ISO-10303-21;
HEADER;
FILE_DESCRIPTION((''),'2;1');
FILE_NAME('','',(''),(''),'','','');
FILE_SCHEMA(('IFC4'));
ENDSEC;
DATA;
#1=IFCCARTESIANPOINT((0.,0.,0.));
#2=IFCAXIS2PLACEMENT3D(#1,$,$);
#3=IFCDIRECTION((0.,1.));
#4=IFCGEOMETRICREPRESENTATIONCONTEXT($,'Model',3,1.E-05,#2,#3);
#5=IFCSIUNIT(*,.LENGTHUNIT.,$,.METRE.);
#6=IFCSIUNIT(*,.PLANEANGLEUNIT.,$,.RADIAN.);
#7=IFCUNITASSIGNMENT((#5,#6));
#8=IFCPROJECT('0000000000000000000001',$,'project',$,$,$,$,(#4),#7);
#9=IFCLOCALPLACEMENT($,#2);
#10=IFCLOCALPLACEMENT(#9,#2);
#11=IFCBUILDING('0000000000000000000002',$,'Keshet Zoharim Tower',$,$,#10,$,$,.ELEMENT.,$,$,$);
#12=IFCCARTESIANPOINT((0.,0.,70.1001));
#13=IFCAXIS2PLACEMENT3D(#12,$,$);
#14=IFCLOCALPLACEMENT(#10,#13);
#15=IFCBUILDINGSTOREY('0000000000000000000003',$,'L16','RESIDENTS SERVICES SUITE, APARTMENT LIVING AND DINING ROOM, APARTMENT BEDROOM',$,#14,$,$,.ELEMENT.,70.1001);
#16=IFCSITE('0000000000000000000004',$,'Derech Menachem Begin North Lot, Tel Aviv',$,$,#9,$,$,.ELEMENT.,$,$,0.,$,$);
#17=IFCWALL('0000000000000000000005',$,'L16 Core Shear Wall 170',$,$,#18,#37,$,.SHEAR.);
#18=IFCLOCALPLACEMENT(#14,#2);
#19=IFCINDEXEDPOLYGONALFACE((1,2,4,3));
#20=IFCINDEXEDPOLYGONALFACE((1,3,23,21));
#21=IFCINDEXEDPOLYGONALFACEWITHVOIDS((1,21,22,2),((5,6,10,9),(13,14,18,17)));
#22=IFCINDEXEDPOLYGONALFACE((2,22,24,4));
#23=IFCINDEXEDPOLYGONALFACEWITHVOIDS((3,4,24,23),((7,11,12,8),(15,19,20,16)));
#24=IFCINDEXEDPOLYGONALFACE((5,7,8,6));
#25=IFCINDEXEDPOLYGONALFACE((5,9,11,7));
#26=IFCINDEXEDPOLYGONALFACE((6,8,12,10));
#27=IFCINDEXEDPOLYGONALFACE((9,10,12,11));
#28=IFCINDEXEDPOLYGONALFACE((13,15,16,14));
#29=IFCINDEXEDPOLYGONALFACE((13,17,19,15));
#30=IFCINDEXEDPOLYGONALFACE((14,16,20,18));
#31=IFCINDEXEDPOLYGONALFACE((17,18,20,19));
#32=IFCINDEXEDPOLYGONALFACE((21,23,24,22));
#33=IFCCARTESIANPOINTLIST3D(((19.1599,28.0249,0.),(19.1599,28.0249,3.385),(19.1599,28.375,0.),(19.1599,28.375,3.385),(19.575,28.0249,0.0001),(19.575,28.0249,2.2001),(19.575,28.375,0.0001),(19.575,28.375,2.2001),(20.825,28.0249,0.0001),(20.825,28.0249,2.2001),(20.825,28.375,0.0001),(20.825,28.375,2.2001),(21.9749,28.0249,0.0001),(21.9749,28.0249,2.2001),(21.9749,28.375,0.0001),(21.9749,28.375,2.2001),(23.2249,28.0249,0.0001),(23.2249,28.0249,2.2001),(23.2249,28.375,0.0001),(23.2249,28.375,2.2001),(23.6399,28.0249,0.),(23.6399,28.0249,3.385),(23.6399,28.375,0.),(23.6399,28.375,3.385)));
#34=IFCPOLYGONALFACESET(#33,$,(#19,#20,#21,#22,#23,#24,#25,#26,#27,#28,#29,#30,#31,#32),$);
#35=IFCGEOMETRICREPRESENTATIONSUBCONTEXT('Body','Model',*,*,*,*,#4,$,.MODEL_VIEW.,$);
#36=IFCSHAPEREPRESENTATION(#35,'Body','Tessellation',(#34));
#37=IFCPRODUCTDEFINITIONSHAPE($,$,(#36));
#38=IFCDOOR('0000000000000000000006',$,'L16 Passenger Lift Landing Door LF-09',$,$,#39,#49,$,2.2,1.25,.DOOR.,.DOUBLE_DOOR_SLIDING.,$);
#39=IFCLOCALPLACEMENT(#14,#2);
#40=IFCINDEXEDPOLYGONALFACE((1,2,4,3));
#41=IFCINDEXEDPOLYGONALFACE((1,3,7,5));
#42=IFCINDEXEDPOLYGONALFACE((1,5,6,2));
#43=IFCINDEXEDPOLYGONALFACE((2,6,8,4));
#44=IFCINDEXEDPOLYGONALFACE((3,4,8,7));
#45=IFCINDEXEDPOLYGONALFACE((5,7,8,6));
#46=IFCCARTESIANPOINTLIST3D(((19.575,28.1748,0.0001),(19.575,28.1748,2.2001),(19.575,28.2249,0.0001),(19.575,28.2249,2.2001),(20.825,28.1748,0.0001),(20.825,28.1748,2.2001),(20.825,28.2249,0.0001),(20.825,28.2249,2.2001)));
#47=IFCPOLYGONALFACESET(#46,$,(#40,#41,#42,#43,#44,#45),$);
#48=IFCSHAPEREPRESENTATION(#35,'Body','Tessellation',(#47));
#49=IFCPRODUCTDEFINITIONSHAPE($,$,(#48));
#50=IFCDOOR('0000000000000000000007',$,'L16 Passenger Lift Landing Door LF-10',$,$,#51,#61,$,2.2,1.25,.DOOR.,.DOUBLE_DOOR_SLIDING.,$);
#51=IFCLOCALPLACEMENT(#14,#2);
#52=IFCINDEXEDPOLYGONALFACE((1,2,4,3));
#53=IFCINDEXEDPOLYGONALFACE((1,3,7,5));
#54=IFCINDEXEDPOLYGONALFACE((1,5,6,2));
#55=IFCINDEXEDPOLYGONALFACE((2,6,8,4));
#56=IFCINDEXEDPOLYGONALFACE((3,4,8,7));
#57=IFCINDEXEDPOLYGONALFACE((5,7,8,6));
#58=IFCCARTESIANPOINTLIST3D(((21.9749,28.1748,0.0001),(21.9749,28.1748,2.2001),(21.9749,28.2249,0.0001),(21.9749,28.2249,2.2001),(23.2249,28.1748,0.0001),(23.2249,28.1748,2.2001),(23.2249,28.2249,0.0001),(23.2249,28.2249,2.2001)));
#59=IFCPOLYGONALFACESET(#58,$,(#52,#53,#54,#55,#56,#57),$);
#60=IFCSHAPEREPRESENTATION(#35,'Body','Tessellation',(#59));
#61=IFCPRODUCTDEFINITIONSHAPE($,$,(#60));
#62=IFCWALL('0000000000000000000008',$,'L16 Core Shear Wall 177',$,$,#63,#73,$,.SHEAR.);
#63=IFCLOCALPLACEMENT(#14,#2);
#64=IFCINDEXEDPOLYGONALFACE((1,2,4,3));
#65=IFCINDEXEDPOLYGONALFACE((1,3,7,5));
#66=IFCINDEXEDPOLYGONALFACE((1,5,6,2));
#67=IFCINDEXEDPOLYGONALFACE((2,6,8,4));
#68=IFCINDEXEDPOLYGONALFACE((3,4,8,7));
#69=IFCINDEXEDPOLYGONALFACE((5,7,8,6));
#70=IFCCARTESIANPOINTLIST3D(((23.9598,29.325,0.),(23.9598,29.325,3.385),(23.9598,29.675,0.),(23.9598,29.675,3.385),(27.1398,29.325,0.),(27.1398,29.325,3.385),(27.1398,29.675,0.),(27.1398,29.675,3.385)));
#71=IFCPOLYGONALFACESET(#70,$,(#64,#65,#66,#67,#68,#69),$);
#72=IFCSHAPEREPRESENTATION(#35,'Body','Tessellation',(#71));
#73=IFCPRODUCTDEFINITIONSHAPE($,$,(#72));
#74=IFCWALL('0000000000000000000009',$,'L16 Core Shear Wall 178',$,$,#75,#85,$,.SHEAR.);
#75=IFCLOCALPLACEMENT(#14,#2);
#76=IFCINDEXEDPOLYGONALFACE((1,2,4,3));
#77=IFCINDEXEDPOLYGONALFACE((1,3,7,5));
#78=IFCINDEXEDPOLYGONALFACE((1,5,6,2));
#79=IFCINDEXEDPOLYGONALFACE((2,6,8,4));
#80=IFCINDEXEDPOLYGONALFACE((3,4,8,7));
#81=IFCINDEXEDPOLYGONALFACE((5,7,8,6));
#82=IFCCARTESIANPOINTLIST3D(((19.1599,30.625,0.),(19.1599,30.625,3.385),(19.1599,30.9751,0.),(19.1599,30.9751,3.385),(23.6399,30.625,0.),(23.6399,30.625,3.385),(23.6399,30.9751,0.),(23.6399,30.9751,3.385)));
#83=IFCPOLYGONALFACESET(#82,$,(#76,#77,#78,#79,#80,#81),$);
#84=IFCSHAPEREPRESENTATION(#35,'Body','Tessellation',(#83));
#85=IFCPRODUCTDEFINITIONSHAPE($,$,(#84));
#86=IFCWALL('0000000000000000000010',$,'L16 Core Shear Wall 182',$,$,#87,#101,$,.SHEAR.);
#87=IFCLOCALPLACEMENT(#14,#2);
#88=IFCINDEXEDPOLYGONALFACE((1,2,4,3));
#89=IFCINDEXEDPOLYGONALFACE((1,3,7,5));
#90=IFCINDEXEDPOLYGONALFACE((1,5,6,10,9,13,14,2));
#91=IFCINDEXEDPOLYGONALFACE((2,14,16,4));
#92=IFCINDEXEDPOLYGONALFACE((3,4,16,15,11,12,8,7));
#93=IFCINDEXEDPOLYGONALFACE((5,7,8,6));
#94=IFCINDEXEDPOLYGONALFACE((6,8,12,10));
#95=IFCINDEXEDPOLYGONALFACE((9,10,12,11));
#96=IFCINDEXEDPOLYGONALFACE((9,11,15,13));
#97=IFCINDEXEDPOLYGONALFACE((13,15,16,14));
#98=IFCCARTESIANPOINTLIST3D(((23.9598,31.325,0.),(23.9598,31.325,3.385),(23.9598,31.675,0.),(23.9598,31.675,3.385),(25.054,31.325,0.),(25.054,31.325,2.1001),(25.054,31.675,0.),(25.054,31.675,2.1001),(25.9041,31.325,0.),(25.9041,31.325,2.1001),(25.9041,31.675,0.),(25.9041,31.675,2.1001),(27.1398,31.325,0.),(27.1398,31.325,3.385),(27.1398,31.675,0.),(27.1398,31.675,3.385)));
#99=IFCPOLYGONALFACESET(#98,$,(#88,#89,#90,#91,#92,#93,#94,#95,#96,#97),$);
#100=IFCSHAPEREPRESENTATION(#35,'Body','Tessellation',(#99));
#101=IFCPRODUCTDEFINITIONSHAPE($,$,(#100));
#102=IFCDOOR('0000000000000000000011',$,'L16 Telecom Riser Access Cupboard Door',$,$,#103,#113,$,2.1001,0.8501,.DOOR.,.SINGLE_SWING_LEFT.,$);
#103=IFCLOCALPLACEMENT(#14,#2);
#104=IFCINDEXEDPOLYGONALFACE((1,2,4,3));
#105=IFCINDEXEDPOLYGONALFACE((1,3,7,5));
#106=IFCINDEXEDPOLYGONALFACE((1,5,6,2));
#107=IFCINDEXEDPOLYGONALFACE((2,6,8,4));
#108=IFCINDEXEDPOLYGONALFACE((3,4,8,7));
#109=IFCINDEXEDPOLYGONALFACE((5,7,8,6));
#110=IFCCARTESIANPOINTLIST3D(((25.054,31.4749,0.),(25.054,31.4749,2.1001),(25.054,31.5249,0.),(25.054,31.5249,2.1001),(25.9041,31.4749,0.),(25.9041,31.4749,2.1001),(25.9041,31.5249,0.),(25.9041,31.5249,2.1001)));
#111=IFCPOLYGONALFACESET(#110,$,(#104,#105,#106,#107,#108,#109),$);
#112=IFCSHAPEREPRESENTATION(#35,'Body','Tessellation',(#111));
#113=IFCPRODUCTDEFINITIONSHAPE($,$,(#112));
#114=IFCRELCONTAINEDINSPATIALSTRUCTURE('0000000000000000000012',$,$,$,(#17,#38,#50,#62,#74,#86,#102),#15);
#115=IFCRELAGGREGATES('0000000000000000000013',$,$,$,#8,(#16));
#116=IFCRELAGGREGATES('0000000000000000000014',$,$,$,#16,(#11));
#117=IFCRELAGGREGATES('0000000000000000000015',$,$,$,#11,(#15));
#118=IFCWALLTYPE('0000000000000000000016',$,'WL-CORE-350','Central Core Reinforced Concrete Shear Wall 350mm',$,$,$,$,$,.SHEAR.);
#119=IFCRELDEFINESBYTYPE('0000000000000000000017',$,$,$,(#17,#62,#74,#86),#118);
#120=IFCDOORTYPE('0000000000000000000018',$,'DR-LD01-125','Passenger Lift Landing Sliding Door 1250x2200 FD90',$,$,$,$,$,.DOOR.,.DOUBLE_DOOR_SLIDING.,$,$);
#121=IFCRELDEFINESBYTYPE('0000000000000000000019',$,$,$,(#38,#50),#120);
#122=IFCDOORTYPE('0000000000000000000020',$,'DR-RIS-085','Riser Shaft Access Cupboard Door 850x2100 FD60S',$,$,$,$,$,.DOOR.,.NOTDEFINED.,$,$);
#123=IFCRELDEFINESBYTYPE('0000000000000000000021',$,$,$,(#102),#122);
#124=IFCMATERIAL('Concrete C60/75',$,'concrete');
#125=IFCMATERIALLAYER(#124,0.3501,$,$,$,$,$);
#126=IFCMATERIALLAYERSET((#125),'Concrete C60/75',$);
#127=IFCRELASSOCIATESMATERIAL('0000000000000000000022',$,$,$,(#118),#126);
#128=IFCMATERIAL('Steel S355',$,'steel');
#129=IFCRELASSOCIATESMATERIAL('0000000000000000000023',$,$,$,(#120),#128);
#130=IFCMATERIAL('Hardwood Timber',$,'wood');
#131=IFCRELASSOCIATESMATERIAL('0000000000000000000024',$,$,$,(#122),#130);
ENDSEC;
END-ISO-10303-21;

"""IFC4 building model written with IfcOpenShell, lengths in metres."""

from ifc_helpers import new_model, si_unit, direction, frame, frame_2d, origin, place, context, subcontext, project, spatial, rectangle, extrude, material, layer, layer_set, type_object, element, fill, save


model = new_model("IFC4")

# Units and contexts
model_context = context("Model", 3, precision=1e-05, world=origin(), true_north=direction((0.0, 1.0)))
body_context = subcontext(model_context, "Body", "Model", "MODEL_VIEW")
ifc_project = project(units=[si_unit("LENGTHUNIT", "METRE"), si_unit("PLANEANGLEUNIT", "RADIAN")], contexts=[model_context])

# Site, building, storey
site_placement = place(None, origin())
site = spatial("IfcSite", under=ifc_project, at=site_placement, Name="Derech Menachem Begin North Lot, Tel Aviv", CompositionType="ELEMENT", RefElevation=0.0)
building_placement = place(site_placement, origin())
building = spatial("IfcBuilding", under=site, at=building_placement, Name="Keshet Zoharim Tower", CompositionType="ELEMENT")
storey_placement = place(building_placement, frame((0.0, 0.0, 70.1001)))
storey = spatial("IfcBuildingStorey", under=building, at=storey_placement, Name="L16", Description="RESIDENTS SERVICES SUITE, APARTMENT LIVING AND DINING ROOM, APARTMENT BEDROOM", CompositionType="ELEMENT", Elevation=70.1001)

# Shared definitions
ifc_material_1 = material(Name="Steel S355", Category="steel")

# Shared definitions
ifc_material_2 = material(Name="Concrete C60/75", Category="concrete")
ifc_layer_1 = layer(ifc_material_2, 0.3501)
ifc_layer_set_1 = layer_set([ifc_layer_1], Name="Concrete C60/75")
wall_type_1 = type_object("IfcWallType", Name="WL-CORE-350", Description="Central Core Reinforced Concrete Shear Wall 350mm", PredefinedType="SHEAR", material=ifc_layer_set_1)

# Shared definitions
ifc_material_3 = material(Name="Hardwood Timber", Category="wood")

# Wall, openings, doors
wall_1_placement = place(storey_placement, frame((19.1599, 28.2, 0.0), z_axis=(0.0, 0.0, 1.0), x_axis=(1.0, 0.0, 0.0)))
wall_1 = element("IfcWall", 1, at=wall_1_placement, inside=storey, type_object=wall_type_1, Name="L16 Core Shear Wall 170", PredefinedType="SHEAR", context=body_context, shape_type="SweptSolid", body=[
    extrude(rectangle(XDim=4.48, YDim=0.3501, at=frame_2d((2.24, 0.0))), origin(), (0.0, 0.0, 1.0), 3.385),
])
opening_1_placement = place(wall_1_placement, frame((0.415, 0.0, 0.0)))
opening_1 = element("IfcOpeningElement", 2, at=opening_1_placement, cuts=wall_1, PredefinedType="OPENING", context=body_context, shape_type="SweptSolid", body=[
    extrude(rectangle(XDim=1.25, YDim=2.2, at=frame_2d((0.625, 1.1001))), frame((0.0, 0.1851, 0.0), z_axis=(0.0, -1.0, 0.0), x_axis=(1.0, 0.0, 0.0)), (0.0, 0.0, 1.0), 0.3701),
])
opening_2_placement = place(wall_1_placement, frame((2.8149, 0.0, 0.0)))
opening_2 = element("IfcOpeningElement", 3, at=opening_2_placement, cuts=wall_1, PredefinedType="OPENING", context=body_context, shape_type="SweptSolid", body=[
    extrude(rectangle(XDim=1.25, YDim=2.2, at=frame_2d((0.625, 1.1001))), frame((0.0, 0.1851, 0.0), z_axis=(0.0, -1.0, 0.0), x_axis=(1.0, 0.0, 0.0)), (0.0, 0.0, 1.0), 0.3701),
])
door_type_1 = type_object("IfcDoorType", Name="DR-LD01-125", Description="Passenger Lift Landing Sliding Door 1250x2200 FD90", OperationType="DOUBLE_DOOR_SLIDING", PredefinedType="DOOR", material=ifc_material_1)
door_1_placement = place(opening_1_placement, origin())
door_1 = element("IfcDoor", 4, at=door_1_placement, inside=storey, type_object=door_type_1, Name="L16 Passenger Lift Landing Door LF-09", OperationType="DOUBLE_DOOR_SLIDING", OverallHeight=2.2, OverallWidth=1.25, PredefinedType="DOOR", context=body_context, shape_type="SweptSolid", body=[
    extrude(rectangle(XDim=1.25, YDim=2.2, at=frame_2d((0.625, 1.1001))), frame((0.0, 0.0249, 0.0), z_axis=(0.0, -1.0, 0.0), x_axis=(1.0, 0.0, 0.0)), (0.0, 0.0, 1.0), 0.05),
])
fill(opening_1, door_1)
door_2_placement = place(opening_2_placement, origin())
door_2 = element("IfcDoor", 5, at=door_2_placement, inside=storey, type_object=door_type_1, Name="L16 Passenger Lift Landing Door LF-10", OperationType="DOUBLE_DOOR_SLIDING", OverallHeight=2.2, OverallWidth=1.25, PredefinedType="DOOR", context=body_context, shape_type="SweptSolid", body=[
    extrude(rectangle(XDim=1.25, YDim=2.2, at=frame_2d((0.625, 1.1001))), frame((0.0, 0.0249, 0.0), z_axis=(0.0, -1.0, 0.0), x_axis=(1.0, 0.0, 0.0)), (0.0, 0.0, 1.0), 0.05),
])
fill(opening_2, door_2)

# Walls
wall_2_placement = place(storey_placement, frame((23.96, 29.5, 0.0), z_axis=(0.0, 0.0, 1.0), x_axis=(1.0, 0.0, 0.0)))
element("IfcWall", 6, at=wall_2_placement, inside=storey, type_object=wall_type_1, Name="L16 Core Shear Wall 177", PredefinedType="SHEAR", context=body_context, shape_type="SweptSolid", body=[
    extrude(rectangle(XDim=3.1799, YDim=0.3501, at=frame_2d((1.5898, 0.0))), origin(), (0.0, 0.0, 1.0), 3.385),
])
wall_3_placement = place(storey_placement, frame((19.1599, 30.8, 0.0), z_axis=(0.0, 0.0, 1.0), x_axis=(1.0, 0.0, 0.0)))
element("IfcWall", 7, at=wall_3_placement, inside=storey, type_object=wall_type_1, Name="L16 Core Shear Wall 178", PredefinedType="SHEAR", context=body_context, shape_type="SweptSolid", body=[
    extrude(rectangle(XDim=4.48, YDim=0.3501, at=frame_2d((2.24, 0.0))), origin(), (0.0, 0.0, 1.0), 3.385),
])

# Wall, opening, door
wall_4_placement = place(storey_placement, frame((23.96, 31.5, 0.0), z_axis=(0.0, 0.0, 1.0), x_axis=(1.0, 0.0, 0.0)))
wall_4 = element("IfcWall", 8, at=wall_4_placement, inside=storey, type_object=wall_type_1, Name="L16 Core Shear Wall 182", PredefinedType="SHEAR", context=body_context, shape_type="SweptSolid", body=[
    extrude(rectangle(XDim=3.1799, YDim=0.3501, at=frame_2d((1.5898, 0.0))), origin(), (0.0, 0.0, 1.0), 3.385),
])
opening_3_placement = place(wall_4_placement, frame((1.094, 0.0, 0.0)))
opening_3 = element("IfcOpeningElement", 9, at=opening_3_placement, cuts=wall_4, PredefinedType="OPENING", context=body_context, shape_type="SweptSolid", body=[
    extrude(rectangle(XDim=0.8501, YDim=2.1001, at=frame_2d((0.425, 1.05))), frame((0.0, 0.1851, 0.0), z_axis=(0.0, -1.0, 0.0), x_axis=(1.0, 0.0, 0.0)), (0.0, 0.0, 1.0), 0.3701),
])
door_type_2 = type_object("IfcDoorType", Name="DR-RIS-085", Description="Riser Shaft Access Cupboard Door 850x2100 FD60S", OperationType="NOTDEFINED", PredefinedType="DOOR", material=ifc_material_3)
door_3_placement = place(opening_3_placement, origin())
door_3 = element("IfcDoor", 10, at=door_3_placement, inside=storey, type_object=door_type_2, Name="L16 Telecom Riser Access Cupboard Door", OperationType="SINGLE_SWING_LEFT", OverallHeight=2.1001, OverallWidth=0.8501, PredefinedType="DOOR", context=body_context, shape_type="SweptSolid", body=[
    extrude(rectangle(XDim=0.8501, YDim=2.1001, at=frame_2d((0.425, 1.05))), frame((0.0, 0.0249, 0.0), z_axis=(0.0, -1.0, 0.0), x_axis=(1.0, 0.0, 0.0)), (0.0, 0.0, 1.0), 0.05),
])
fill(opening_3, door_3)

save(model, "model.ifc")
